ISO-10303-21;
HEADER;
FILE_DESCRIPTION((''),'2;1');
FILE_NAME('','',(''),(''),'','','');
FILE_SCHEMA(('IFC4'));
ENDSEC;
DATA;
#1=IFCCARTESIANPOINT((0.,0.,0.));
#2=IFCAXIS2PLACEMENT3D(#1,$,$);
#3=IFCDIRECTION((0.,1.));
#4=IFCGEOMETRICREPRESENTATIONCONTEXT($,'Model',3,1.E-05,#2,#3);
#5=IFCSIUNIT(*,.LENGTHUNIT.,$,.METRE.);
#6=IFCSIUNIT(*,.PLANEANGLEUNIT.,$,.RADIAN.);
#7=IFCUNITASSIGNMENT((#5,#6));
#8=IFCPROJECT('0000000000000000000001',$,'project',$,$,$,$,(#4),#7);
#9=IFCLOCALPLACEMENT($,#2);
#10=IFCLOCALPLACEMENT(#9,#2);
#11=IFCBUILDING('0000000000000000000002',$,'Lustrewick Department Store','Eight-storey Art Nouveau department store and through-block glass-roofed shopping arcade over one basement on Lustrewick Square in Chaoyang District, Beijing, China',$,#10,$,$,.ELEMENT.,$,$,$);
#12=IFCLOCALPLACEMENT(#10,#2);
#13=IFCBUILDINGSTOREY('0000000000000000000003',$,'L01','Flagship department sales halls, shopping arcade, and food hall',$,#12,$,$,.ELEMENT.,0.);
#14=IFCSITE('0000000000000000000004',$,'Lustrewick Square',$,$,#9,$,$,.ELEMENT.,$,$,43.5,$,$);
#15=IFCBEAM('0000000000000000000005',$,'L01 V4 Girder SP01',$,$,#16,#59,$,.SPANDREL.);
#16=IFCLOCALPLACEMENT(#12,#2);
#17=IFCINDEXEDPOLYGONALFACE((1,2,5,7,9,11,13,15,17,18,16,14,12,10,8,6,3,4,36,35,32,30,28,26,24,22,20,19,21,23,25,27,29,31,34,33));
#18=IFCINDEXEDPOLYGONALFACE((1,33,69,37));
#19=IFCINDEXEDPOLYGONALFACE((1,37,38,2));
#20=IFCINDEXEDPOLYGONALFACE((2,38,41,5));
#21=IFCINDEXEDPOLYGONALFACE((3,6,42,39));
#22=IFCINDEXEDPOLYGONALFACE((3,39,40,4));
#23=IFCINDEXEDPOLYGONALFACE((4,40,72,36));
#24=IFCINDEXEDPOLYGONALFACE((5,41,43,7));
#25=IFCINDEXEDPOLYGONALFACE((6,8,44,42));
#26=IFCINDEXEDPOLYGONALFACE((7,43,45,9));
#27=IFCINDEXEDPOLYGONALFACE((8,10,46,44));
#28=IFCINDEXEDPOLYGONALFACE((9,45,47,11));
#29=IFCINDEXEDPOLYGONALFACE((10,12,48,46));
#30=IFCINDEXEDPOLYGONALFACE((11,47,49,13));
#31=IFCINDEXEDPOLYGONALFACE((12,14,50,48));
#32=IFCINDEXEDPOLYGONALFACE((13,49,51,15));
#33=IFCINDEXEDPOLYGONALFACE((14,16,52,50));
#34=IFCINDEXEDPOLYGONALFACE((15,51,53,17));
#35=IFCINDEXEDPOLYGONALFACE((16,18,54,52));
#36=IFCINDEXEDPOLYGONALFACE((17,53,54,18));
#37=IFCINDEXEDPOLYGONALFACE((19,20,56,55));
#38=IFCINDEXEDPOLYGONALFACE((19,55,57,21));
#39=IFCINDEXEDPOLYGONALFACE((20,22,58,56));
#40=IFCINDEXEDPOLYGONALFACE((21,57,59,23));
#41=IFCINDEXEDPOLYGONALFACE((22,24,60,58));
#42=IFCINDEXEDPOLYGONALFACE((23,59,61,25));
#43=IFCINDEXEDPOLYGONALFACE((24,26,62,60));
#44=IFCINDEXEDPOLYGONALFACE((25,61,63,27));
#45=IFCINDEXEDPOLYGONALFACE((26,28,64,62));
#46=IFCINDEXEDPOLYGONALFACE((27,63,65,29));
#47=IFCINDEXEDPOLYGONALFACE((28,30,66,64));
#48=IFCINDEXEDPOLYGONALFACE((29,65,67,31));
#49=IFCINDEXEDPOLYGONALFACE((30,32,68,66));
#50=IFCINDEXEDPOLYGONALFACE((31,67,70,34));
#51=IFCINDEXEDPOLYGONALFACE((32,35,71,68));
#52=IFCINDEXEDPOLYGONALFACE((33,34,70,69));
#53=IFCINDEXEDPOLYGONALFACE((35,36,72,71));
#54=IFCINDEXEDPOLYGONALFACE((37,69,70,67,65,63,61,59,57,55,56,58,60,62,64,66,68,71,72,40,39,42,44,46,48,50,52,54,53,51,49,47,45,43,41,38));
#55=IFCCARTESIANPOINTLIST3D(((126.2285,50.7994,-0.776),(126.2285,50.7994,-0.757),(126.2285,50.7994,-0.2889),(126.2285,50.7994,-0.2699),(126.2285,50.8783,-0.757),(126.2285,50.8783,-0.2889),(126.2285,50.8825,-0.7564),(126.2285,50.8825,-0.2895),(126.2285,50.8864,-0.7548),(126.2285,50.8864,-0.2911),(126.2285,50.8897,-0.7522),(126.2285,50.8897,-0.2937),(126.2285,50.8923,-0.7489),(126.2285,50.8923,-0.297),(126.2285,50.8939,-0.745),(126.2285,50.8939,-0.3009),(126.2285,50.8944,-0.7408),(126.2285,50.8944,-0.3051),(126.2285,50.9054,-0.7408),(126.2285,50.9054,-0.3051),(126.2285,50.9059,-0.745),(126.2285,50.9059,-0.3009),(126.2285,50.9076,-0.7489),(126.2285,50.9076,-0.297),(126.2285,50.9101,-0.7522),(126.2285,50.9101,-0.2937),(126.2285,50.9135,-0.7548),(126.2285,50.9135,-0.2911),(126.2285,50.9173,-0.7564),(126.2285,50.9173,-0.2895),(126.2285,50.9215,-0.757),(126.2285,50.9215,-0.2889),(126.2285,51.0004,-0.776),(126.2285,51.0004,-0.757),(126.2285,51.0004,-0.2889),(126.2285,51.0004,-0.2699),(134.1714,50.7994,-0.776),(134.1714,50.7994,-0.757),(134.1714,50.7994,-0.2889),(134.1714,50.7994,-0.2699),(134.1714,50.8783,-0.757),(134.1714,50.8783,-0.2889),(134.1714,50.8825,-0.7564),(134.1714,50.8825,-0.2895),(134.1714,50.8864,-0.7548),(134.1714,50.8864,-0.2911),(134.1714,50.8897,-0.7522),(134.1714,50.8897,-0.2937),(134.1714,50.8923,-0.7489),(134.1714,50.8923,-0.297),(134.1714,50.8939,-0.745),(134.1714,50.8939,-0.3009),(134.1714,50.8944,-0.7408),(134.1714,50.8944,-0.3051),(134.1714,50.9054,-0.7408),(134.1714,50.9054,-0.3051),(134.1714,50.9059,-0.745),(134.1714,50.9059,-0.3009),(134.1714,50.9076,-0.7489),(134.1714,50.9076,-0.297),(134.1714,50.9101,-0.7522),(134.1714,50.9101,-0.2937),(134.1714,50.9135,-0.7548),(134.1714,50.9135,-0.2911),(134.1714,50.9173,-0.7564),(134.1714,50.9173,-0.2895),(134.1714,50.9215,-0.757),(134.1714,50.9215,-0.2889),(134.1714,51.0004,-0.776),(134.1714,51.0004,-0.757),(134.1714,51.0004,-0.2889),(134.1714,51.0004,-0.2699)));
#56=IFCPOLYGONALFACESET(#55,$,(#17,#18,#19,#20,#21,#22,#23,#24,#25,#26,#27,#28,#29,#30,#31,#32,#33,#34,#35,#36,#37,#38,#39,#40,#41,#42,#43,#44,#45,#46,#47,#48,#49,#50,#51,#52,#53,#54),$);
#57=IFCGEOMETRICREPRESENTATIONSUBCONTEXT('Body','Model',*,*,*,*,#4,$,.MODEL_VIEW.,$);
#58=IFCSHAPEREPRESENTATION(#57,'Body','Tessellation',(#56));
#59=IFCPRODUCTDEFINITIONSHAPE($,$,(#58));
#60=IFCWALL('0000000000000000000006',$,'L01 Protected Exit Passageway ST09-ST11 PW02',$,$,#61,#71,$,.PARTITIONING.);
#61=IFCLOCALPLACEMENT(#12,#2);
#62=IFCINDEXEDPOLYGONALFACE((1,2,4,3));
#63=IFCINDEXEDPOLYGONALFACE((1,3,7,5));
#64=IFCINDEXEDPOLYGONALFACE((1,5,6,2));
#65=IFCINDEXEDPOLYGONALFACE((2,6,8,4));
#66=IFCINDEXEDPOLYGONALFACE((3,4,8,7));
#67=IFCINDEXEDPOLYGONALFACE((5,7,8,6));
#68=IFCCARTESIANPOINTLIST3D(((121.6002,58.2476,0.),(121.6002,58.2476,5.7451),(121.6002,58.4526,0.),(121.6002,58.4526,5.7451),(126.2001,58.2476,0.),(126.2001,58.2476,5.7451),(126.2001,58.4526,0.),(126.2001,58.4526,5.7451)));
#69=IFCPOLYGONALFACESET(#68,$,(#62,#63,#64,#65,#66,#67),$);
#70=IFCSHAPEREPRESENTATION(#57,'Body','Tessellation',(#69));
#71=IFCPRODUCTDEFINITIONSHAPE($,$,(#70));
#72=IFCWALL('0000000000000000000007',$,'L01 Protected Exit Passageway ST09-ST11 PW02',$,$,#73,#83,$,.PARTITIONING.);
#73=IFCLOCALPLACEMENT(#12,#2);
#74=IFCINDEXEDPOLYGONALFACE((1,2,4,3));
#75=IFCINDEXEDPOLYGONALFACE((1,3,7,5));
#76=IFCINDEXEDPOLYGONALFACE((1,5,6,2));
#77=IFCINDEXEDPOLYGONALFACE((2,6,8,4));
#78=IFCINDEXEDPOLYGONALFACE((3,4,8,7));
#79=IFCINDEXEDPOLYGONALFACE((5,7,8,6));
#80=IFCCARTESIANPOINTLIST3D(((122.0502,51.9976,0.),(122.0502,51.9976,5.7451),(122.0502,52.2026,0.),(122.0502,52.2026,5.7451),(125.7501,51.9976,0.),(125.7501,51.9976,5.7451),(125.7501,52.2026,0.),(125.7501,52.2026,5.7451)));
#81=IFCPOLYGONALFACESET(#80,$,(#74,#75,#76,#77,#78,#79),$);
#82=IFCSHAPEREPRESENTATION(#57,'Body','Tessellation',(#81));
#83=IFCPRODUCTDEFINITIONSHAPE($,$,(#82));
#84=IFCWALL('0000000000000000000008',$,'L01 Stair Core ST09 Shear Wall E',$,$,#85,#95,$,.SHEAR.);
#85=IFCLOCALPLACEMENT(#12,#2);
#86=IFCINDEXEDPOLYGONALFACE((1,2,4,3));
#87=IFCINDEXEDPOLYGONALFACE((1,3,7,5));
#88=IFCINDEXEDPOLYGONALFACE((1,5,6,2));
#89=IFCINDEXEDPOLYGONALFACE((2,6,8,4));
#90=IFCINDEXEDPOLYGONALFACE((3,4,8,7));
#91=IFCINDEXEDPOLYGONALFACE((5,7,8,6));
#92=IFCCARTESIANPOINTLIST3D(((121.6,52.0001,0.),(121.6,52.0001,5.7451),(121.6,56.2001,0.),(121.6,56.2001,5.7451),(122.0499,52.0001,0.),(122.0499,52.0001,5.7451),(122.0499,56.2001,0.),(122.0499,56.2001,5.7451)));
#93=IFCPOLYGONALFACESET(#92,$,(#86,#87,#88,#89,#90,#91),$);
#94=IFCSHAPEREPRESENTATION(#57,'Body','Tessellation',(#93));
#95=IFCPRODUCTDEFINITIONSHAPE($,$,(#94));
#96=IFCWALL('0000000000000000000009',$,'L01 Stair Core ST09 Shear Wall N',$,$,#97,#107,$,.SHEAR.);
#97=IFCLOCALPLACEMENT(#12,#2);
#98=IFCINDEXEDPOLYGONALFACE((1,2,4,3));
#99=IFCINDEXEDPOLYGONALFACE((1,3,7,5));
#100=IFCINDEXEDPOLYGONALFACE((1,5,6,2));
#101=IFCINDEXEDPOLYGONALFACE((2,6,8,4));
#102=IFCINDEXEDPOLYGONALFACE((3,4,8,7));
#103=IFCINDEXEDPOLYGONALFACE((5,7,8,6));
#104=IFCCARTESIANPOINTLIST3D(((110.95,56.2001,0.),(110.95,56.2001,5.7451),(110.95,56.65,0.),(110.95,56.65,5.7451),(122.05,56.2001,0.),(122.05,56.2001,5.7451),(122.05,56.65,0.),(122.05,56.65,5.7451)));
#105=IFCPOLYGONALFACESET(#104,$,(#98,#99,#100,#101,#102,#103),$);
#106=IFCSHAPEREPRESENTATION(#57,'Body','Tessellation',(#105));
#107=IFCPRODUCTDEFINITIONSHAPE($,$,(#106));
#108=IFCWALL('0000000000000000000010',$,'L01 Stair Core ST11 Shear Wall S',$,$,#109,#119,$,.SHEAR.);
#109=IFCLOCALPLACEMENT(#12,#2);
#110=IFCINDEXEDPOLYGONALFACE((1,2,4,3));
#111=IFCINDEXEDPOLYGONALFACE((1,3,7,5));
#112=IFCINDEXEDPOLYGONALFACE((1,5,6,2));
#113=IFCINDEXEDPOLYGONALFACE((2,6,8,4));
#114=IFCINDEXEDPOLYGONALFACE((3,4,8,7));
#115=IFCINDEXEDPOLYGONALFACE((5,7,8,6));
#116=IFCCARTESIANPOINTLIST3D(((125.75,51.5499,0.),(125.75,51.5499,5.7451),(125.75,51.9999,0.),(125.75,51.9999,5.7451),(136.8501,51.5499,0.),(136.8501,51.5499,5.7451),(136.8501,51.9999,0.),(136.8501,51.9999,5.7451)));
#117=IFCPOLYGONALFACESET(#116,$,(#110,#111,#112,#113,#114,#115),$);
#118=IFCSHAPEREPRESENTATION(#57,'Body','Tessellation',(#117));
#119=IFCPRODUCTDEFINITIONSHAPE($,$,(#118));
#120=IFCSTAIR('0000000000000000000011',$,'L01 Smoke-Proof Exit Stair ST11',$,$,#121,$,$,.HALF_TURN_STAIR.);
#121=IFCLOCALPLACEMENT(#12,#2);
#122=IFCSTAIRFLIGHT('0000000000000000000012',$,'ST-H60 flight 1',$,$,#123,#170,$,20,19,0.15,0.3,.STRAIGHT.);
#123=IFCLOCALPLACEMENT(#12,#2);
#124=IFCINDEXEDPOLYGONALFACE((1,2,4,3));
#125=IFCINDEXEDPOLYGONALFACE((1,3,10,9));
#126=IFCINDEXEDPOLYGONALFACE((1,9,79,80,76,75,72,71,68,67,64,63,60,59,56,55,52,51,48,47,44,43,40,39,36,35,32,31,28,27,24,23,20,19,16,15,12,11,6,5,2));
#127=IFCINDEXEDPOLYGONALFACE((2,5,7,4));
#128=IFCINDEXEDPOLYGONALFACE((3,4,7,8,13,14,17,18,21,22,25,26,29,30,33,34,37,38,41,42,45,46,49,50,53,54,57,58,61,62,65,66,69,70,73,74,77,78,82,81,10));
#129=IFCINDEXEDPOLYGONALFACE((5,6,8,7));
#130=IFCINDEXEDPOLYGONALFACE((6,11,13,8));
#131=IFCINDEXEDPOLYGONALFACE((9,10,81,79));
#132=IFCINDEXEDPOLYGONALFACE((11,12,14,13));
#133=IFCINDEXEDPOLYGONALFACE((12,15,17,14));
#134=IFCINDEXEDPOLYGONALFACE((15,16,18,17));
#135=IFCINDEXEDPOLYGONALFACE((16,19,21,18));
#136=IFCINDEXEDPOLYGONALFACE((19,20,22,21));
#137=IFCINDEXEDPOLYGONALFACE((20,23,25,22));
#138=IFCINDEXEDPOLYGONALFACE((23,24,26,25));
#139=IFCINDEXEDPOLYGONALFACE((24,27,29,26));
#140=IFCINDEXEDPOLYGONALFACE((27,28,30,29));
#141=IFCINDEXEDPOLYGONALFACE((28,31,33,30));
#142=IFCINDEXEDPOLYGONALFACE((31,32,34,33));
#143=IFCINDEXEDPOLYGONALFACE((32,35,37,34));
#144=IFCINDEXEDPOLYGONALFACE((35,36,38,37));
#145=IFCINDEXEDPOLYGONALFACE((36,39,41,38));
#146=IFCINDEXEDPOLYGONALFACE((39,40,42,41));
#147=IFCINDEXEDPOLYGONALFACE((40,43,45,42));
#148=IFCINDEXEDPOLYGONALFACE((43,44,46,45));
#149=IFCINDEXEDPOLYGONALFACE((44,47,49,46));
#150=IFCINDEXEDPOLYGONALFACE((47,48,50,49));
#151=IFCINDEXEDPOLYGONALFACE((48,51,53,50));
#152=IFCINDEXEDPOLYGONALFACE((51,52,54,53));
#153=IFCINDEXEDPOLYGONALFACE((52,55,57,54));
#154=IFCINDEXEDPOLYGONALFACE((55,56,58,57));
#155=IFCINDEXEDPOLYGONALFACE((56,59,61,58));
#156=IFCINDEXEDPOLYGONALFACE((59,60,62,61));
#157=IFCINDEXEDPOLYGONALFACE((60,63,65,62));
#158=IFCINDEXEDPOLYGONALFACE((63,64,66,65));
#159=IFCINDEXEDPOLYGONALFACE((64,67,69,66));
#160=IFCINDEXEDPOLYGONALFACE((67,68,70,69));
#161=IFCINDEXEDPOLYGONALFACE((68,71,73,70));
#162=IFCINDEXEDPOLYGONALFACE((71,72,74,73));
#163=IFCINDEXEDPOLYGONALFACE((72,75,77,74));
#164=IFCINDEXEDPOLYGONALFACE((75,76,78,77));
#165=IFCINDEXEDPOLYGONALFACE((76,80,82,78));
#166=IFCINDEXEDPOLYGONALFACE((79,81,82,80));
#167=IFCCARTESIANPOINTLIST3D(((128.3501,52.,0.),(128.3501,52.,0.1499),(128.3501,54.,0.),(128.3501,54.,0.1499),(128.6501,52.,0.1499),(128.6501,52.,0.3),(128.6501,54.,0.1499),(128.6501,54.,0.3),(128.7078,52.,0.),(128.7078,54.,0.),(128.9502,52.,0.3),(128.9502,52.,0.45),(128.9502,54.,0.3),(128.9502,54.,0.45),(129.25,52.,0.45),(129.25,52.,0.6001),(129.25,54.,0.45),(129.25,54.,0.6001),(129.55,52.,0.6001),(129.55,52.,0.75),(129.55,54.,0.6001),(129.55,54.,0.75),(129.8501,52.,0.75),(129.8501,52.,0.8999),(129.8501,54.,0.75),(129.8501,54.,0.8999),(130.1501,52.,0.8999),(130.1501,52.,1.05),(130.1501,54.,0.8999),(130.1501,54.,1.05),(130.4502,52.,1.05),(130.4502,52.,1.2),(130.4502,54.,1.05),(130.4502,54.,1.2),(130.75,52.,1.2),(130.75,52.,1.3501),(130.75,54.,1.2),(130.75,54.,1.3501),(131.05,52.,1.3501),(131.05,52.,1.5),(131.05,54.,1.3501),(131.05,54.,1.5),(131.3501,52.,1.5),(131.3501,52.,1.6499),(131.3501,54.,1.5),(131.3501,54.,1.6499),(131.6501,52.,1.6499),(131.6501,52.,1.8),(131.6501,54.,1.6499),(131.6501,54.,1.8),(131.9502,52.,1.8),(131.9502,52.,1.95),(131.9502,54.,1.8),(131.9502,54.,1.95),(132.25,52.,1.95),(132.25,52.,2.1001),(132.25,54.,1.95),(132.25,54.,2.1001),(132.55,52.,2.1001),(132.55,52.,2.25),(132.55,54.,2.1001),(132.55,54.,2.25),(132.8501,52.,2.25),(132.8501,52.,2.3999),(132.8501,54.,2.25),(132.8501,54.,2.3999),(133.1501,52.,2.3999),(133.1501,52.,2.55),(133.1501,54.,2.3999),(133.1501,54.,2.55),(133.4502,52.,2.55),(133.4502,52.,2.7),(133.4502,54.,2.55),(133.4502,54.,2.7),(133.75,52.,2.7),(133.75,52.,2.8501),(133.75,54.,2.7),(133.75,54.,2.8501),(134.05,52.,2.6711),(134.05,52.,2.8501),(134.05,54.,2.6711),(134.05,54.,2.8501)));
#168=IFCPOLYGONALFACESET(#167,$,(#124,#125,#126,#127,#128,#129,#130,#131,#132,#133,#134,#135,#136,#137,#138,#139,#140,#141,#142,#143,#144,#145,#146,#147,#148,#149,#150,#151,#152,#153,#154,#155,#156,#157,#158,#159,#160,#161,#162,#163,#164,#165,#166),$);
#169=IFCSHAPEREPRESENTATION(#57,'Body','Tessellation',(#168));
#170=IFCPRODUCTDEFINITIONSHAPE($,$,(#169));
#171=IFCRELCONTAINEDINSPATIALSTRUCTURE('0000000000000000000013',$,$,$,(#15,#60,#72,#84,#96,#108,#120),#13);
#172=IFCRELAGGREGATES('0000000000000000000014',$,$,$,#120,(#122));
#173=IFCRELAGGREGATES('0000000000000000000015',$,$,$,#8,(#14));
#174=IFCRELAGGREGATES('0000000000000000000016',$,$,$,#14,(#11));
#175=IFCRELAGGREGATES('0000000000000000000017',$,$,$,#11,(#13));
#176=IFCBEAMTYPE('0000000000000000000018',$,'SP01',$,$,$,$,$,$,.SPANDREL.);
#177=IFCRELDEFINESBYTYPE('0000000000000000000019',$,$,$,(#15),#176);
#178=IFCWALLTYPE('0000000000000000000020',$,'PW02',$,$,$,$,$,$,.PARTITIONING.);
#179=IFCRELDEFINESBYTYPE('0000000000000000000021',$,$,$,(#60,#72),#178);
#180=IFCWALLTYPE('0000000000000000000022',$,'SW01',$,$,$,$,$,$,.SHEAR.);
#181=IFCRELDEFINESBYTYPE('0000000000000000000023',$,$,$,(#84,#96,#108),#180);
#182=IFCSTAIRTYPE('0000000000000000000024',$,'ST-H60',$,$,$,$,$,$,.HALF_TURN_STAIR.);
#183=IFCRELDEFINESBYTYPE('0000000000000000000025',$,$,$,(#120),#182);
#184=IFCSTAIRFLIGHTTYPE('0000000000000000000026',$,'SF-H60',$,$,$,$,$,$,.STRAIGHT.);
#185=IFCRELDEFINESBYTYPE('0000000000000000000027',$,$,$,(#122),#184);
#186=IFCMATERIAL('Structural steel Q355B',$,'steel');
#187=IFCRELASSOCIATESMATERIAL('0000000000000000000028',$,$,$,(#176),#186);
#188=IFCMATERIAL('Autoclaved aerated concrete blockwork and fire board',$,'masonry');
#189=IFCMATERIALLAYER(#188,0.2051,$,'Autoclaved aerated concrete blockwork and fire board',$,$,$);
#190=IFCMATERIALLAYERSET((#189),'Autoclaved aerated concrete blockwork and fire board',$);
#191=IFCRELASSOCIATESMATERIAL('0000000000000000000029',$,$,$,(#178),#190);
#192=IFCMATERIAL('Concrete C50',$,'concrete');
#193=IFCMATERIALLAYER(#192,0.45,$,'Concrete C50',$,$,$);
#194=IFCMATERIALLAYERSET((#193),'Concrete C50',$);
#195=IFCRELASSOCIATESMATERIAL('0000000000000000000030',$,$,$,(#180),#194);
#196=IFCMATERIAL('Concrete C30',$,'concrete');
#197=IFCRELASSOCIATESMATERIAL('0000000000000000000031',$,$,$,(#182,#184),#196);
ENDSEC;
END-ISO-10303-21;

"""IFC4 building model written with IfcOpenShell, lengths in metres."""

from ifc_helpers import new_model, si_unit, direction, frame, frame_2d, origin, origin_2d, place, context, subcontext, project, spatial, polyline, rectangle, i_section, outline, extrude, material, layer, layer_set, material_profile, profile_set, type_object, element, aggregate, save


model = new_model("IFC4")

# Units and contexts
model_context = context("Model", 3, precision=1e-05, world=origin(), true_north=direction((0.0, 1.0)))
body_context = subcontext(model_context, "Body", "Model", "MODEL_VIEW")
ifc_project = project(units=[si_unit("LENGTHUNIT", "METRE"), si_unit("PLANEANGLEUNIT", "RADIAN")], contexts=[model_context])

# Site, building, storey
site_placement = place(None, origin())
site = spatial("IfcSite", under=ifc_project, at=site_placement, Name="Lustrewick Square", CompositionType="ELEMENT", RefElevation=43.5)
building_placement = place(site_placement, origin())
building = spatial("IfcBuilding", under=site, at=building_placement, Name="Lustrewick Department Store", Description="Eight-storey Art Nouveau department store and through-block glass-roofed shopping arcade over one basement on Lustrewick Square in Chaoyang District, Beijing, China", CompositionType="ELEMENT")
storey_placement = place(building_placement, origin())
storey = spatial("IfcBuildingStorey", under=building, at=storey_placement, Name="L01", Description="Flagship department sales halls, shopping arcade, and food hall", CompositionType="ELEMENT", Elevation=0.0)

# Shared definitions
ifc_material_1 = material(Name="Structural steel Q355B", Category="steel")

# Beam
ifc_material_profile_1 = material_profile(ifc_material_1, i_section(OverallWidth=0.2009, OverallDepth=0.5061, WebThickness=0.011, FlangeThickness=0.019, FilletRadius=0.0161, at=origin_2d()), Name="HN 506x201x11x19")
ifc_profile_set_1 = profile_set([ifc_material_profile_1], Name="Structural steel Q355B")
beam_type_1 = type_object("IfcBeamType", Name="SP01", PredefinedType="SPANDREL", material=ifc_profile_set_1)
beam_1_placement = place(storey_placement, frame((126.2285, 50.8999, -0.5229), z_axis=(1.0, 0.0, 0.0), x_axis=(0.0, 1.0, 0.0)))
element("IfcBeam", 1, at=beam_1_placement, inside=storey, type_object=beam_type_1, Name="L01 V4 Girder SP01", PredefinedType="SPANDREL", context=body_context, shape_type="SweptSolid", body=[
    extrude(i_section(OverallWidth=0.2009, OverallDepth=0.5061, WebThickness=0.011, FlangeThickness=0.019, FilletRadius=0.0161, at=origin_2d()), origin(), (0.0, 0.0, 1.0), 7.9429),
])

# Walls
ifc_material_2 = material(Name="Autoclaved aerated concrete blockwork and fire board", Category="masonry")
ifc_layer_1 = layer(ifc_material_2, 0.2051, Name="Autoclaved aerated concrete blockwork and fire board")
ifc_layer_set_1 = layer_set([ifc_layer_1], Name="Autoclaved aerated concrete blockwork and fire board")
wall_type_1 = type_object("IfcWallType", Name="PW02", PredefinedType="PARTITIONING", material=ifc_layer_set_1)
wall_1_placement = place(storey_placement, frame((126.2, 58.3501, 0.0), z_axis=(0.0, 0.0, 1.0), x_axis=(-1.0, 0.0, 0.0)))
element("IfcWall", 2, at=wall_1_placement, inside=storey, type_object=wall_type_1, Name="L01 Protected Exit Passageway ST09-ST11 PW02", PredefinedType="PARTITIONING", context=body_context, shape_type="SweptSolid", body=[
    extrude(rectangle(XDim=4.5999, YDim=0.2051, at=frame_2d((2.2998, 0.0))), origin(), (0.0, 0.0, 1.0), 5.7451),
])
wall_2_placement = place(storey_placement, frame((122.05, 52.1001, 0.0), z_axis=(0.0, 0.0, 1.0), x_axis=(1.0, 0.0, 0.0)))
element("IfcWall", 3, at=wall_2_placement, inside=storey, type_object=wall_type_1, Name="L01 Protected Exit Passageway ST09-ST11 PW02", PredefinedType="PARTITIONING", context=body_context, shape_type="SweptSolid", body=[
    extrude(rectangle(XDim=3.7, YDim=0.2051, at=frame_2d((1.8501, 0.0))), origin(), (0.0, 0.0, 1.0), 5.7451),
])
ifc_material_3 = material(Name="Concrete C50", Category="concrete")
ifc_layer_2 = layer(ifc_material_3, 0.45, Name="Concrete C50")
ifc_layer_set_2 = layer_set([ifc_layer_2], Name="Concrete C50")
wall_type_2 = type_object("IfcWallType", Name="SW01", PredefinedType="SHEAR", material=ifc_layer_set_2)
wall_3_placement = place(storey_placement, frame((121.825, 52.0, 0.0), z_axis=(0.0, 0.0, 1.0), x_axis=(0.0, 1.0, 0.0)))
element("IfcWall", 4, at=wall_3_placement, inside=storey, type_object=wall_type_2, Name="L01 Stair Core ST09 Shear Wall E", PredefinedType="SHEAR", context=body_context, shape_type="SweptSolid", body=[
    extrude(rectangle(XDim=4.2, YDim=0.45, at=frame_2d((2.1001, 0.0))), origin(), (0.0, 0.0, 1.0), 5.7451),
])
for number, where, z_axis, x_axis, name in (
    (5, (122.05, 56.425, 0.0), (0.0, 0.0, 1.0), (-1.0, 0.0, 0.0), "L01 Stair Core ST09 Shear Wall N"),
    (6, (125.75, 51.7749, 0.0), (0.0, 0.0, 1.0), (1.0, 0.0, 0.0), "L01 Stair Core ST11 Shear Wall S"),
):
    element("IfcWall", number, at=place(storey_placement, frame(where, z_axis=z_axis, x_axis=x_axis)), inside=storey, type_object=wall_type_2, Name=name, PredefinedType="SHEAR", context=body_context, shape_type="SweptSolid", body=[
        extrude(rectangle(XDim=11.1001, YDim=0.45, at=frame_2d((5.55, 0.0))), origin(), (0.0, 0.0, 1.0), 5.7451),
    ])

# Stair, stair flight
ifc_material_4 = material(Name="Concrete C30", Category="concrete")
stair_type = type_object("IfcStairType", Name="ST-H60", PredefinedType="HALF_TURN_STAIR", material=ifc_material_4)
stair_placement = place(storey_placement, origin())
stair = element("IfcStair", 7, at=stair_placement, inside=storey, type_object=stair_type, Name="L01 Smoke-Proof Exit Stair ST11", PredefinedType="HALF_TURN_STAIR")
stair_flight_type = type_object("IfcStairFlightType", Name="SF-H60", PredefinedType="STRAIGHT", material=ifc_material_4)
stair_flight_placement = place(storey_placement, frame((128.3501, 53.0, 0.0), z_axis=(0.0, 0.0, 1.0), x_axis=(1.0, 0.0, 0.0)))
stair_flight = element("IfcStairFlight", 8, at=stair_flight_placement, type_object=stair_flight_type, Name="ST-H60 flight 1", NumberOfRisers=20, NumberOfTreads=19, PredefinedType="STRAIGHT", RiserHeight=0.15, TreadLength=0.3, context=body_context, shape_type="SweptSolid", body=[
    extrude(outline(polyline([(0.0, 0.0), (0.0, 0.1499), (0.3, 0.1499), (0.3, 0.3), (0.6001, 0.3), (0.6001, 0.45), (0.8999, 0.45), (0.8999, 0.6001), (1.2, 0.6001), (1.2, 0.75), (1.5, 0.75), (1.5, 0.8999), (1.8, 0.8999), (1.8, 1.05), (2.1001, 1.05), (2.1001, 1.2), (2.3999, 1.2), (2.3999, 1.3501), (2.7, 1.3501), (2.7, 1.5), (3.0, 1.5), (3.0, 1.6499), (3.3, 1.6499), (3.3, 1.8), (3.6001, 1.8), (3.6001, 1.95), (3.8999, 1.95), (3.8999, 2.1001), (4.2, 2.1001), (4.2, 2.25), (4.5, 2.25), (4.5, 2.3999), (4.8, 2.3999), (4.8, 2.55), (5.1001, 2.55), (5.1001, 2.7), (5.3999, 2.7), (5.3999, 2.8501), (5.7, 2.8501), (5.7, 3.0), (5.7, 2.6711), (0.3577, 0.0), (0.0, 0.0)])), frame((0.0, 1.0, 0.0), z_axis=(0.0, -1.0, 0.0), x_axis=(1.0, 0.0, 0.0)), (0.0, 0.0, 1.0), 2.0),
])
aggregate(stair, [stair_flight])

save(model, "model.ifc")
